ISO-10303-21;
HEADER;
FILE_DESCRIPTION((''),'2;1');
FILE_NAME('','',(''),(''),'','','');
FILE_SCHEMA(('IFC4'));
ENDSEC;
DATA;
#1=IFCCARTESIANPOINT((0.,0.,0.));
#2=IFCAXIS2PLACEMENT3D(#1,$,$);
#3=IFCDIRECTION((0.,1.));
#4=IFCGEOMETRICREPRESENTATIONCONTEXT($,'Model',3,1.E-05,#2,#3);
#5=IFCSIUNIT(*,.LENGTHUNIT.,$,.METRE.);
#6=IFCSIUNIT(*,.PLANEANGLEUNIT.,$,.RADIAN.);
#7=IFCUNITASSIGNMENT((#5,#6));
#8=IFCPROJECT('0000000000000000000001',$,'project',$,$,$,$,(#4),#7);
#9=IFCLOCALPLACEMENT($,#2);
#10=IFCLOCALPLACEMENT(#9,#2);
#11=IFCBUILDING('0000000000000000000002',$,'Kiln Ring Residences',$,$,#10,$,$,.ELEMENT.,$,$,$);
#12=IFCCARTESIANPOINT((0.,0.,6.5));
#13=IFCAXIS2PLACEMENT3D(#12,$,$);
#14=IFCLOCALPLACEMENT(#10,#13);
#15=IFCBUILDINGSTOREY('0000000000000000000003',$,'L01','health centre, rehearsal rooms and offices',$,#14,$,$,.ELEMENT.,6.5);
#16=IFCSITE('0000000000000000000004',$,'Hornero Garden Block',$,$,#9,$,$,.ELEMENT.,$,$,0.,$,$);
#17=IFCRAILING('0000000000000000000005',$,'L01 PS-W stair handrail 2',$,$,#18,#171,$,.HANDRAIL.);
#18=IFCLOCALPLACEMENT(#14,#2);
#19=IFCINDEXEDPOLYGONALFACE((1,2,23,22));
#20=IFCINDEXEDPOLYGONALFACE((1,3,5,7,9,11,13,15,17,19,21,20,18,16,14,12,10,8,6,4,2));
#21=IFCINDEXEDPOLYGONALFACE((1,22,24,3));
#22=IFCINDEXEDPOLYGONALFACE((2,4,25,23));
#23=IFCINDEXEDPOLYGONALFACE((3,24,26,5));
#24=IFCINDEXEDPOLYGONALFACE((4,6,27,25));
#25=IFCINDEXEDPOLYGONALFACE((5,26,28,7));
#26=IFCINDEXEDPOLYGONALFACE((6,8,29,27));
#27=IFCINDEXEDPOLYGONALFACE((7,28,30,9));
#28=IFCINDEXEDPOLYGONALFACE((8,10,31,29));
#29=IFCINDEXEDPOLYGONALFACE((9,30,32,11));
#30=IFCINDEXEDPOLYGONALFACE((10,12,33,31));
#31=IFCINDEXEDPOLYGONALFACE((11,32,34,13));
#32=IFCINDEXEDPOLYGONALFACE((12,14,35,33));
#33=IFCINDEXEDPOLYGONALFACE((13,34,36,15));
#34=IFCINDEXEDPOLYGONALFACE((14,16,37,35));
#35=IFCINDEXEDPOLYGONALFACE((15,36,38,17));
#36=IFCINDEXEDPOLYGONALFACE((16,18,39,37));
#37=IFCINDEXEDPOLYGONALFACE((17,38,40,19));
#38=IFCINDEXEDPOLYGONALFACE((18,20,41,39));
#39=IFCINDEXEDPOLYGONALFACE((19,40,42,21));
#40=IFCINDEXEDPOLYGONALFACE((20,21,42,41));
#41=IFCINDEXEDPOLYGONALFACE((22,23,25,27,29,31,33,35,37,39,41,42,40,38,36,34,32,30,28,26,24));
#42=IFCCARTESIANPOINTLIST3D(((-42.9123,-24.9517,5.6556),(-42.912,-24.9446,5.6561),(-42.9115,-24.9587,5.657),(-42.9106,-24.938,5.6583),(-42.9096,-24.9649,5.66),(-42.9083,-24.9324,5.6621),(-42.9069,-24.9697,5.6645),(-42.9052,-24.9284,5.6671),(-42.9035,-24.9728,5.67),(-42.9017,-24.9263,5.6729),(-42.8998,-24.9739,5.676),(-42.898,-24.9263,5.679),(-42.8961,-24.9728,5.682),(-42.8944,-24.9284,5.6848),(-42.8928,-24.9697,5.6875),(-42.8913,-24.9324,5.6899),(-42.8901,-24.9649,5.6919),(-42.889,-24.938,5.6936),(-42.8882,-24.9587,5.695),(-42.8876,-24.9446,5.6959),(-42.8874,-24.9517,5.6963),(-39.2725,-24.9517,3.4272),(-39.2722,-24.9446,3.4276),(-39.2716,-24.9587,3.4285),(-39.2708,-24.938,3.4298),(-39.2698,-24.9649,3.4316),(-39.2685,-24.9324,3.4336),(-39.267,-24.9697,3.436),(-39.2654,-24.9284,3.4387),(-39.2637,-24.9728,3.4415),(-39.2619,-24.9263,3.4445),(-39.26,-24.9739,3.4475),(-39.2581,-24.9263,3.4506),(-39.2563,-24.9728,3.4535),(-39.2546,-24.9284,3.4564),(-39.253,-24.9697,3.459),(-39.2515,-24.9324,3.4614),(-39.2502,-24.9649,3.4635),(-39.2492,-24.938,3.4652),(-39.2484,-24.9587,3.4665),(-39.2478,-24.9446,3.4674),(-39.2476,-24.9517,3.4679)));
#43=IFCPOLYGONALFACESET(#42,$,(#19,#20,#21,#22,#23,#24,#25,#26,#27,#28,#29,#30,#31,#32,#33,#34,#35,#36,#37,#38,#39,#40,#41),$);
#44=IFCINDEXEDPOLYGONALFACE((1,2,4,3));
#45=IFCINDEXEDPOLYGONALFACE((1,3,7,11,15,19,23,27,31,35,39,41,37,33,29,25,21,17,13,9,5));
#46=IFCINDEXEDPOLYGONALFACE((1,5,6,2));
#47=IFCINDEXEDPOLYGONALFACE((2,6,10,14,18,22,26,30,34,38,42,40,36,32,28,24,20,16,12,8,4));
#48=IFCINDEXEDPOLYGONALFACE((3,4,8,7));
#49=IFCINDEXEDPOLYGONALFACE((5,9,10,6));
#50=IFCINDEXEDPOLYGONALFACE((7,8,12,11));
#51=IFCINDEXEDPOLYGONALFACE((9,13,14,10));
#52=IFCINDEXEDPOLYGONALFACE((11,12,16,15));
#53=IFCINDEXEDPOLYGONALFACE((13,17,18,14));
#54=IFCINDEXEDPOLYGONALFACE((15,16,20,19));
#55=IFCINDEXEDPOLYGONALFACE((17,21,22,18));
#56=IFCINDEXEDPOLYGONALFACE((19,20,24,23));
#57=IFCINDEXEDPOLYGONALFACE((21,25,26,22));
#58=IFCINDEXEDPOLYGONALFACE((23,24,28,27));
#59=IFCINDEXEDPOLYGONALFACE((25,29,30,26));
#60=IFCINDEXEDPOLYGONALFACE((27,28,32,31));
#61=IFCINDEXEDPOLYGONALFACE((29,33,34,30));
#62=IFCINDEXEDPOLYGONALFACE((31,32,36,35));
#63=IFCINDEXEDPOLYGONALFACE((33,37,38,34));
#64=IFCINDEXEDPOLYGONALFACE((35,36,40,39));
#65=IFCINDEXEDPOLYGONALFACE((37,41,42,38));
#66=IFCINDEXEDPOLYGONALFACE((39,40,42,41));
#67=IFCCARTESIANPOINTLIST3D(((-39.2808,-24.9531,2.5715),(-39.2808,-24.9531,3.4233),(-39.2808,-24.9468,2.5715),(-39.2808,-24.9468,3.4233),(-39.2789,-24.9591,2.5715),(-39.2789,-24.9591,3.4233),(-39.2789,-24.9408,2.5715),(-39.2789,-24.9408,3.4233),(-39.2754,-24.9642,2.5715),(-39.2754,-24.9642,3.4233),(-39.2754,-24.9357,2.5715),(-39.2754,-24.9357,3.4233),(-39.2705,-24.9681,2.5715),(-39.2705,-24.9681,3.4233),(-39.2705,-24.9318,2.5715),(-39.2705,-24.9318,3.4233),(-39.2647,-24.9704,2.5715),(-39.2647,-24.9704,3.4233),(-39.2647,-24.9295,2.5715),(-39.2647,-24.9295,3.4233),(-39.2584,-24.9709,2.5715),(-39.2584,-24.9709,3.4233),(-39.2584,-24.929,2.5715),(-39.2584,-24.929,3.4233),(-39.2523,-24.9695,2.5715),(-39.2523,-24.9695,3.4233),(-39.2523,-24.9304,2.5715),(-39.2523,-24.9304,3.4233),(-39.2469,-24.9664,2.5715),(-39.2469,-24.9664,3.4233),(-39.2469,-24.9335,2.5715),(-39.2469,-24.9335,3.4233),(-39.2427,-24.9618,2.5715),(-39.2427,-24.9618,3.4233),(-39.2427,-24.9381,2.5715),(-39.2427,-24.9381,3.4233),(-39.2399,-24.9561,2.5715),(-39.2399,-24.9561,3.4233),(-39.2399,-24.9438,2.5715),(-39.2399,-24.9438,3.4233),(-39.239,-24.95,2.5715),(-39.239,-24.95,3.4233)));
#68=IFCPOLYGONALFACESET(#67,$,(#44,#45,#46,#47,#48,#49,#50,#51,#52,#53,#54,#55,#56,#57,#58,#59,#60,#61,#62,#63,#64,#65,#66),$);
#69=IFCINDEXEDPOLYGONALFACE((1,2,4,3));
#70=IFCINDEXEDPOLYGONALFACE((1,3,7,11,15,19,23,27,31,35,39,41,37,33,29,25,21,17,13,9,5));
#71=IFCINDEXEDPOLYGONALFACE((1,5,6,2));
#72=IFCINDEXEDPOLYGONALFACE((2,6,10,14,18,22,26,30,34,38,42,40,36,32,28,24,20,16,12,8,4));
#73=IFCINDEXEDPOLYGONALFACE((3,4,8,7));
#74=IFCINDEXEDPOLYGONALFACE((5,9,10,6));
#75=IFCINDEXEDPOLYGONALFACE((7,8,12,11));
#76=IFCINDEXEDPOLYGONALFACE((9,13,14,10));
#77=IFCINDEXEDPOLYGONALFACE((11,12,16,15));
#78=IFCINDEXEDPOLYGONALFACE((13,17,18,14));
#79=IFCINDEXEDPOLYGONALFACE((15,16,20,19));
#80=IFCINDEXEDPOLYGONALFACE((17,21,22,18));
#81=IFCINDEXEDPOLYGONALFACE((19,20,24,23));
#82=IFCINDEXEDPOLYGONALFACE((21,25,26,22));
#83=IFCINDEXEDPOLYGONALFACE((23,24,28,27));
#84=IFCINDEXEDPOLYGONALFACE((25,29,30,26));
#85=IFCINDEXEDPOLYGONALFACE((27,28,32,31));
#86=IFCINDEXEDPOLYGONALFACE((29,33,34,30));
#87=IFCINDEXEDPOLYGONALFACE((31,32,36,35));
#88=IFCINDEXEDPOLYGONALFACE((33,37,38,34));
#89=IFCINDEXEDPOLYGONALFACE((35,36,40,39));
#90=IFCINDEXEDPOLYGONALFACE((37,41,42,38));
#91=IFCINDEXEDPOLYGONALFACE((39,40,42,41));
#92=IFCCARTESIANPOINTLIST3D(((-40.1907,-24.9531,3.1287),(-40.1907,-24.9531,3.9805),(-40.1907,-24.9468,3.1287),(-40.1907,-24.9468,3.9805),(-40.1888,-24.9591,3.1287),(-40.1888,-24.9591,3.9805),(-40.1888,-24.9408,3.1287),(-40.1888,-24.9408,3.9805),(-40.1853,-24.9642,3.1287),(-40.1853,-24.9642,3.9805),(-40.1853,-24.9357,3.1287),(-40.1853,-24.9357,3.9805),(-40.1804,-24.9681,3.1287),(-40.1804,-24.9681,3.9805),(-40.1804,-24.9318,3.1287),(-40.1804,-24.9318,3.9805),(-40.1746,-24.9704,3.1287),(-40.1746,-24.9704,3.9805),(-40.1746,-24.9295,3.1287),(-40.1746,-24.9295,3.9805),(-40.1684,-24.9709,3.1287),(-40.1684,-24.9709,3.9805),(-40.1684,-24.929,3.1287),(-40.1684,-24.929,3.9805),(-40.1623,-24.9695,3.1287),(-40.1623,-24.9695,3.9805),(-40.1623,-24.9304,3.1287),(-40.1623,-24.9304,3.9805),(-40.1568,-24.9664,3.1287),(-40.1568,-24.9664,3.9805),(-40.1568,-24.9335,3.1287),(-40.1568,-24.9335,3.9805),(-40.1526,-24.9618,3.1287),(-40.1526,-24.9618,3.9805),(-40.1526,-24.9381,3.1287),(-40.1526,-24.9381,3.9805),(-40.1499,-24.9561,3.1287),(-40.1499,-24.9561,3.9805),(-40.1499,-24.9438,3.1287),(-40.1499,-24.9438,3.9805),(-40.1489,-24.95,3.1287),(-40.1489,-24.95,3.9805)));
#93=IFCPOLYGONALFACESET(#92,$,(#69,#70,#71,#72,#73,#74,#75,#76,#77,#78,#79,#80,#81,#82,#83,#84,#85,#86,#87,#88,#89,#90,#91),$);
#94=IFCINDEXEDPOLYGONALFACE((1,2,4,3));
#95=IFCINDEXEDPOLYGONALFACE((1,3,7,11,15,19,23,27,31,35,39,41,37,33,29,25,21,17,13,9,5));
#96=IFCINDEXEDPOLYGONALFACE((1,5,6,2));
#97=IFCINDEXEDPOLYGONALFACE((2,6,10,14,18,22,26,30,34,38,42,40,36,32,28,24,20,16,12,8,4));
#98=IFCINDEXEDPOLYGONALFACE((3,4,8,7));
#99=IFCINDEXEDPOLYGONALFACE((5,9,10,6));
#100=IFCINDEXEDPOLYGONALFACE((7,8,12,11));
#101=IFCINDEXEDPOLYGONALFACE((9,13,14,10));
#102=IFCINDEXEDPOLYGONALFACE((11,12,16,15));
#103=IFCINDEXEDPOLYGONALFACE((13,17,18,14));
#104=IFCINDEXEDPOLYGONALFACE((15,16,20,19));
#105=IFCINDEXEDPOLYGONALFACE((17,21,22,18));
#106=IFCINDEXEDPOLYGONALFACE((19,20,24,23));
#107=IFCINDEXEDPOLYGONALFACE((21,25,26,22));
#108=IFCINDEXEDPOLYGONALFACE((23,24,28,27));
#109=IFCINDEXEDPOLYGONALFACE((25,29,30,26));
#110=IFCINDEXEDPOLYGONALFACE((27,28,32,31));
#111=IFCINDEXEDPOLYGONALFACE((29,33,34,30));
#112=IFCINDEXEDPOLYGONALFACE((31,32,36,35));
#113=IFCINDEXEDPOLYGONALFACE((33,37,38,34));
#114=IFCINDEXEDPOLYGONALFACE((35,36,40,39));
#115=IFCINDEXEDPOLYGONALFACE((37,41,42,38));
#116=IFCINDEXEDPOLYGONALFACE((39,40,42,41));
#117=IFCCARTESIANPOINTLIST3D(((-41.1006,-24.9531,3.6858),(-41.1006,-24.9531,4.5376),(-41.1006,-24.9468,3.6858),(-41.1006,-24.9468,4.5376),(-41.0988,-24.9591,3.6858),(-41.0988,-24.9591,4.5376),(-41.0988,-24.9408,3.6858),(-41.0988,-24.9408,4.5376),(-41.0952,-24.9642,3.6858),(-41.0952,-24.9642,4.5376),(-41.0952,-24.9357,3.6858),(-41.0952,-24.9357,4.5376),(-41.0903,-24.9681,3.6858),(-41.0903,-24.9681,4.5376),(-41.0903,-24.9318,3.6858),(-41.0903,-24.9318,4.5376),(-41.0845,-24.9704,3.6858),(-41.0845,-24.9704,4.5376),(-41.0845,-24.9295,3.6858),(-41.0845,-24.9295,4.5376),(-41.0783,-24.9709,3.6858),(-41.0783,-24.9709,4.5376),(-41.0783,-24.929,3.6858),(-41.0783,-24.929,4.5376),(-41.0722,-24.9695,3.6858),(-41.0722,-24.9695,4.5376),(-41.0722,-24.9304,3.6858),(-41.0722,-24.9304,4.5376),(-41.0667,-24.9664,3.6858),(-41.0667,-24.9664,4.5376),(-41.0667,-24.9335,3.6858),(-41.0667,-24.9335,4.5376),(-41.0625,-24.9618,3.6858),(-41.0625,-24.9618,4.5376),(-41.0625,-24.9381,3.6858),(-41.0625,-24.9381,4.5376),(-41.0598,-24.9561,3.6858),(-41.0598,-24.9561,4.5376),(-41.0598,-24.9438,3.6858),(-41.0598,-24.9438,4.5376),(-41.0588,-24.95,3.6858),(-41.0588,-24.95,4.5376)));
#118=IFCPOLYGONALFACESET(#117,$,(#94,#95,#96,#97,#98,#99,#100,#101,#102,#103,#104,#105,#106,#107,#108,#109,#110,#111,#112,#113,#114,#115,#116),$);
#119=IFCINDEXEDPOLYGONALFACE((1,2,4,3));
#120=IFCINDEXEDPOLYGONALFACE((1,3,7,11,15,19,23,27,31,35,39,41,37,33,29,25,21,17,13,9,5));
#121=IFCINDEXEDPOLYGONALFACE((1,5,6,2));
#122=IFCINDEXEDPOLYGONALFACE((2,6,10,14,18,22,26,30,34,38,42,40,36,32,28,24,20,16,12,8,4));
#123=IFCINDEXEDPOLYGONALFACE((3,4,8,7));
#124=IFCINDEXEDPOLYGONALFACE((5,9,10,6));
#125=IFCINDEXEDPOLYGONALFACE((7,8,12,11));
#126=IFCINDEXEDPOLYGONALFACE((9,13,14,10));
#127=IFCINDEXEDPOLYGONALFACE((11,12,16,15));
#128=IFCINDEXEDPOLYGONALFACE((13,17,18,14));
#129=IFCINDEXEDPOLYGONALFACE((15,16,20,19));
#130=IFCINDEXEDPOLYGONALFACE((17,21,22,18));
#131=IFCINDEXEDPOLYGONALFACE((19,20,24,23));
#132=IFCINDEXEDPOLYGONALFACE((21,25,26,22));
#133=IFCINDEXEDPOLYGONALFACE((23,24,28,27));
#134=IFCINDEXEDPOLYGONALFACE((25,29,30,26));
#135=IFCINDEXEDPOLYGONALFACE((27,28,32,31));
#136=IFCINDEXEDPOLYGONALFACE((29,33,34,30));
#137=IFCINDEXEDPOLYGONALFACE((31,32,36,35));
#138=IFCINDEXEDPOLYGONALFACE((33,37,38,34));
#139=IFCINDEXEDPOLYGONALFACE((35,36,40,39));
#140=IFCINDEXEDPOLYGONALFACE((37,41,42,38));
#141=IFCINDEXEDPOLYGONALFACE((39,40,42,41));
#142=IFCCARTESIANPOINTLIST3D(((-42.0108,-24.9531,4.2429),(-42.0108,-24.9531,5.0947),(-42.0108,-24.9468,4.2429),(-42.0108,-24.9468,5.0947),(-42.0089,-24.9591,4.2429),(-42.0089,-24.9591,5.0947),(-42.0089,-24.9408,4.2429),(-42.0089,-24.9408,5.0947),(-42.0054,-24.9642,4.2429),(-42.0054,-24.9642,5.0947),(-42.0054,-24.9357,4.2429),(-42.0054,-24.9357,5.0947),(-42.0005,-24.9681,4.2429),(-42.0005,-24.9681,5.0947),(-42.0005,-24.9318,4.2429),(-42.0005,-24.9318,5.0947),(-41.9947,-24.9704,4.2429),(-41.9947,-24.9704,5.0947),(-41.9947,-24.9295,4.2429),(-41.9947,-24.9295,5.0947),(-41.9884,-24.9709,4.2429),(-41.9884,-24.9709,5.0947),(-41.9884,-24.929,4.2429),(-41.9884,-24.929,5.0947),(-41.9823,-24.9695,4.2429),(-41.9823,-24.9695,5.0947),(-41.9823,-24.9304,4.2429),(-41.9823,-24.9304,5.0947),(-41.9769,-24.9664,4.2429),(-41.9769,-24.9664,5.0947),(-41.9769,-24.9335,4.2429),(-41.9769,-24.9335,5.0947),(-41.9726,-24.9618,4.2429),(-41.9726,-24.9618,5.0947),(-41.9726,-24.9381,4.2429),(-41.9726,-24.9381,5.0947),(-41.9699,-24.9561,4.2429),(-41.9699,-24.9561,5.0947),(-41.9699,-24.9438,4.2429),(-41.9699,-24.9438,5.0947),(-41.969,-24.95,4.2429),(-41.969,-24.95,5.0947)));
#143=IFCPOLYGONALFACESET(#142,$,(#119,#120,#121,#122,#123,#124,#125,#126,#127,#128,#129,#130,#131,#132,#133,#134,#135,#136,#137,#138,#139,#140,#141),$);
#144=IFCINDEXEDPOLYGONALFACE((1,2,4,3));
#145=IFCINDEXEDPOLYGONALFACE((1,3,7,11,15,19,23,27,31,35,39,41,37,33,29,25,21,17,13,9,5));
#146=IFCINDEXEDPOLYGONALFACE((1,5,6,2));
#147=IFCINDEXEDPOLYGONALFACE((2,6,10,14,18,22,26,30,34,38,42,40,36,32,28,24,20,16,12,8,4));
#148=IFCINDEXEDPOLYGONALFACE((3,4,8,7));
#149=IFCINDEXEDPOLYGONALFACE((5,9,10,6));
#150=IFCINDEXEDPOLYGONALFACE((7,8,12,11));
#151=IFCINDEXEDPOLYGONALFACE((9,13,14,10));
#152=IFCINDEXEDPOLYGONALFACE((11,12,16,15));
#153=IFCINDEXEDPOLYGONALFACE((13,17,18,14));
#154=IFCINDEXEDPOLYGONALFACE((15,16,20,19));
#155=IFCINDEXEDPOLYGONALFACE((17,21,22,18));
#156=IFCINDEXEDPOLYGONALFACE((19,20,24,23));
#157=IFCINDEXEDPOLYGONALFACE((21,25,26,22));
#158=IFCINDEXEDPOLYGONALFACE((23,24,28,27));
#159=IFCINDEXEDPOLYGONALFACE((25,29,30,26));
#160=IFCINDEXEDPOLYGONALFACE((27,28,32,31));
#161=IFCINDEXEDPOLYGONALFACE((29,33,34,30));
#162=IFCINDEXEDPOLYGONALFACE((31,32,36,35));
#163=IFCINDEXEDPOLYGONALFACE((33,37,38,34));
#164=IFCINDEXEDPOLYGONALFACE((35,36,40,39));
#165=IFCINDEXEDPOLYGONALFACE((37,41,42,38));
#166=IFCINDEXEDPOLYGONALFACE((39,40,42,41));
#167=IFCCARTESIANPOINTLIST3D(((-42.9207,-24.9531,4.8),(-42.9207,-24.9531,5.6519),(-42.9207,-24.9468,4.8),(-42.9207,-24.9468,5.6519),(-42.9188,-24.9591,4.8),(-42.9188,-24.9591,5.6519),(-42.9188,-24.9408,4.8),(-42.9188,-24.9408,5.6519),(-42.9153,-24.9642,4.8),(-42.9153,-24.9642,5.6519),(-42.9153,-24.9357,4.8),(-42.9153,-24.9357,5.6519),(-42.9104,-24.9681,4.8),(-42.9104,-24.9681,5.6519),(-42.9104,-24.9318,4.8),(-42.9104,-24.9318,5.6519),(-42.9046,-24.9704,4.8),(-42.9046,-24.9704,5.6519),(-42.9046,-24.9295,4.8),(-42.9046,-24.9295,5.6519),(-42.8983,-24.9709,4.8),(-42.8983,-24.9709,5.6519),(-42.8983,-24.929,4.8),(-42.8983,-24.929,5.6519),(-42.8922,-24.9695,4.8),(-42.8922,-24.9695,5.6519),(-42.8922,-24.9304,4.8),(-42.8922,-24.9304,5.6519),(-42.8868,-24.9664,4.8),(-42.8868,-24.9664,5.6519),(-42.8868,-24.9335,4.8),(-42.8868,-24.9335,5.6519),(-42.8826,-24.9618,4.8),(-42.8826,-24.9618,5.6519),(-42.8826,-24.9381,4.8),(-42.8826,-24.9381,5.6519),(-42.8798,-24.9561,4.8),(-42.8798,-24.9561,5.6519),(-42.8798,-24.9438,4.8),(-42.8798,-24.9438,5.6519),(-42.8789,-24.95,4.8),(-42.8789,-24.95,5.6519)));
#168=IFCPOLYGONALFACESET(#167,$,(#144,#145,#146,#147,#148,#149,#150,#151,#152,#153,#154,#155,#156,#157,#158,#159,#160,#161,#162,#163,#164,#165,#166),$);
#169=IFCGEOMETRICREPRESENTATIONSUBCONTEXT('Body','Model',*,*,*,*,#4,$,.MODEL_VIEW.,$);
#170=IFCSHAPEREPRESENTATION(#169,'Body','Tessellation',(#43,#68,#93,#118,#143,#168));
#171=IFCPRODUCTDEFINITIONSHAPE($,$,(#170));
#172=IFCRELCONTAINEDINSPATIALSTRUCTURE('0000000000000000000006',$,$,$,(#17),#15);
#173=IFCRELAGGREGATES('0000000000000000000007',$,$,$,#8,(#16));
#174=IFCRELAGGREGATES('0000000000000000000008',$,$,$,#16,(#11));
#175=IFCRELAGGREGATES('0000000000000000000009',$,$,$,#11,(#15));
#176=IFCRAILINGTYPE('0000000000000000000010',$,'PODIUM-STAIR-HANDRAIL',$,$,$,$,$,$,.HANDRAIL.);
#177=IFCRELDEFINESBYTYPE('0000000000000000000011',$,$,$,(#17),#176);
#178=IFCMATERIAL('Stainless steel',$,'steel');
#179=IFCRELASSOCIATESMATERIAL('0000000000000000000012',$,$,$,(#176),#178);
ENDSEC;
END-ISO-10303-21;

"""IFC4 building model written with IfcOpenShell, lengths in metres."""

from ifc_helpers import new_model, si_unit, direction, frame, origin, origin_2d, place, context, subcontext, project, spatial, circle, extrude, material, type_object, element, save


model = new_model("IFC4")

# Units and contexts
model_context = context("Model", 3, precision=1e-05, world=origin(), true_north=direction((0.0, 1.0)))
body_context = subcontext(model_context, "Body", "Model", "MODEL_VIEW")
ifc_project = project(units=[si_unit("LENGTHUNIT", "METRE"), si_unit("PLANEANGLEUNIT", "RADIAN")], contexts=[model_context])

# Site, building, storey
site_placement = place(None, origin())
site = spatial("IfcSite", under=ifc_project, at=site_placement, Name="Hornero Garden Block", CompositionType="ELEMENT", RefElevation=0.0)
building_placement = place(site_placement, origin())
building = spatial("IfcBuilding", under=site, at=building_placement, Name="Kiln Ring Residences", CompositionType="ELEMENT")
storey_placement = place(building_placement, frame((0.0, 0.0, 6.5)))
storey = spatial("IfcBuildingStorey", under=building, at=storey_placement, Name="L01", Description="health centre, rehearsal rooms and offices", CompositionType="ELEMENT", Elevation=6.5)

# Railing
ifc_material_1 = material(Name="Stainless steel", Category="steel")
railing_type_1 = type_object("IfcRailingType", Name="PODIUM-STAIR-HANDRAIL", PredefinedType="HANDRAIL", material=ifc_material_1)
railing_1_placement = place(storey_placement, frame((-39.26, -24.95, 2.5715)))
element("IfcRailing", 1, at=railing_1_placement, inside=storey, type_object=railing_type_1, Name="L01 PS-W stair handrail 2", PredefinedType="HANDRAIL", context=body_context, shape_type="SweptSolid", body=[
    extrude(circle(Radius=0.0239, at=origin_2d()), frame((0.0, 0.0, 0.876), z_axis=(-0.85285, 0.0, 0.522156), x_axis=(0.0, -1.0, 0.0)), (0.0, 0.0, 1.0), 4.2678),
    extrude(circle(Radius=0.021, at=origin_2d()), origin(), (0.0, 0.0, 1.0), 0.8518),
    extrude(circle(Radius=0.021, at=origin_2d()), frame((-0.9099, 0.0, 0.5571)), (0.0, 0.0, 1.0), 0.8518),
    extrude(circle(Radius=0.021, at=origin_2d()), frame((-1.8198, 0.0, 1.1143)), (0.0, 0.0, 1.0), 0.8518),
    extrude(circle(Radius=0.021, at=origin_2d()), frame((-2.73, 0.0, 1.6714)), (0.0, 0.0, 1.0), 0.8518),
    extrude(circle(Radius=0.021, at=origin_2d()), frame((-3.6399, 0.0, 2.2285)), (0.0, 0.0, 1.0), 0.8518),
])

save(model, "model.ifc")
